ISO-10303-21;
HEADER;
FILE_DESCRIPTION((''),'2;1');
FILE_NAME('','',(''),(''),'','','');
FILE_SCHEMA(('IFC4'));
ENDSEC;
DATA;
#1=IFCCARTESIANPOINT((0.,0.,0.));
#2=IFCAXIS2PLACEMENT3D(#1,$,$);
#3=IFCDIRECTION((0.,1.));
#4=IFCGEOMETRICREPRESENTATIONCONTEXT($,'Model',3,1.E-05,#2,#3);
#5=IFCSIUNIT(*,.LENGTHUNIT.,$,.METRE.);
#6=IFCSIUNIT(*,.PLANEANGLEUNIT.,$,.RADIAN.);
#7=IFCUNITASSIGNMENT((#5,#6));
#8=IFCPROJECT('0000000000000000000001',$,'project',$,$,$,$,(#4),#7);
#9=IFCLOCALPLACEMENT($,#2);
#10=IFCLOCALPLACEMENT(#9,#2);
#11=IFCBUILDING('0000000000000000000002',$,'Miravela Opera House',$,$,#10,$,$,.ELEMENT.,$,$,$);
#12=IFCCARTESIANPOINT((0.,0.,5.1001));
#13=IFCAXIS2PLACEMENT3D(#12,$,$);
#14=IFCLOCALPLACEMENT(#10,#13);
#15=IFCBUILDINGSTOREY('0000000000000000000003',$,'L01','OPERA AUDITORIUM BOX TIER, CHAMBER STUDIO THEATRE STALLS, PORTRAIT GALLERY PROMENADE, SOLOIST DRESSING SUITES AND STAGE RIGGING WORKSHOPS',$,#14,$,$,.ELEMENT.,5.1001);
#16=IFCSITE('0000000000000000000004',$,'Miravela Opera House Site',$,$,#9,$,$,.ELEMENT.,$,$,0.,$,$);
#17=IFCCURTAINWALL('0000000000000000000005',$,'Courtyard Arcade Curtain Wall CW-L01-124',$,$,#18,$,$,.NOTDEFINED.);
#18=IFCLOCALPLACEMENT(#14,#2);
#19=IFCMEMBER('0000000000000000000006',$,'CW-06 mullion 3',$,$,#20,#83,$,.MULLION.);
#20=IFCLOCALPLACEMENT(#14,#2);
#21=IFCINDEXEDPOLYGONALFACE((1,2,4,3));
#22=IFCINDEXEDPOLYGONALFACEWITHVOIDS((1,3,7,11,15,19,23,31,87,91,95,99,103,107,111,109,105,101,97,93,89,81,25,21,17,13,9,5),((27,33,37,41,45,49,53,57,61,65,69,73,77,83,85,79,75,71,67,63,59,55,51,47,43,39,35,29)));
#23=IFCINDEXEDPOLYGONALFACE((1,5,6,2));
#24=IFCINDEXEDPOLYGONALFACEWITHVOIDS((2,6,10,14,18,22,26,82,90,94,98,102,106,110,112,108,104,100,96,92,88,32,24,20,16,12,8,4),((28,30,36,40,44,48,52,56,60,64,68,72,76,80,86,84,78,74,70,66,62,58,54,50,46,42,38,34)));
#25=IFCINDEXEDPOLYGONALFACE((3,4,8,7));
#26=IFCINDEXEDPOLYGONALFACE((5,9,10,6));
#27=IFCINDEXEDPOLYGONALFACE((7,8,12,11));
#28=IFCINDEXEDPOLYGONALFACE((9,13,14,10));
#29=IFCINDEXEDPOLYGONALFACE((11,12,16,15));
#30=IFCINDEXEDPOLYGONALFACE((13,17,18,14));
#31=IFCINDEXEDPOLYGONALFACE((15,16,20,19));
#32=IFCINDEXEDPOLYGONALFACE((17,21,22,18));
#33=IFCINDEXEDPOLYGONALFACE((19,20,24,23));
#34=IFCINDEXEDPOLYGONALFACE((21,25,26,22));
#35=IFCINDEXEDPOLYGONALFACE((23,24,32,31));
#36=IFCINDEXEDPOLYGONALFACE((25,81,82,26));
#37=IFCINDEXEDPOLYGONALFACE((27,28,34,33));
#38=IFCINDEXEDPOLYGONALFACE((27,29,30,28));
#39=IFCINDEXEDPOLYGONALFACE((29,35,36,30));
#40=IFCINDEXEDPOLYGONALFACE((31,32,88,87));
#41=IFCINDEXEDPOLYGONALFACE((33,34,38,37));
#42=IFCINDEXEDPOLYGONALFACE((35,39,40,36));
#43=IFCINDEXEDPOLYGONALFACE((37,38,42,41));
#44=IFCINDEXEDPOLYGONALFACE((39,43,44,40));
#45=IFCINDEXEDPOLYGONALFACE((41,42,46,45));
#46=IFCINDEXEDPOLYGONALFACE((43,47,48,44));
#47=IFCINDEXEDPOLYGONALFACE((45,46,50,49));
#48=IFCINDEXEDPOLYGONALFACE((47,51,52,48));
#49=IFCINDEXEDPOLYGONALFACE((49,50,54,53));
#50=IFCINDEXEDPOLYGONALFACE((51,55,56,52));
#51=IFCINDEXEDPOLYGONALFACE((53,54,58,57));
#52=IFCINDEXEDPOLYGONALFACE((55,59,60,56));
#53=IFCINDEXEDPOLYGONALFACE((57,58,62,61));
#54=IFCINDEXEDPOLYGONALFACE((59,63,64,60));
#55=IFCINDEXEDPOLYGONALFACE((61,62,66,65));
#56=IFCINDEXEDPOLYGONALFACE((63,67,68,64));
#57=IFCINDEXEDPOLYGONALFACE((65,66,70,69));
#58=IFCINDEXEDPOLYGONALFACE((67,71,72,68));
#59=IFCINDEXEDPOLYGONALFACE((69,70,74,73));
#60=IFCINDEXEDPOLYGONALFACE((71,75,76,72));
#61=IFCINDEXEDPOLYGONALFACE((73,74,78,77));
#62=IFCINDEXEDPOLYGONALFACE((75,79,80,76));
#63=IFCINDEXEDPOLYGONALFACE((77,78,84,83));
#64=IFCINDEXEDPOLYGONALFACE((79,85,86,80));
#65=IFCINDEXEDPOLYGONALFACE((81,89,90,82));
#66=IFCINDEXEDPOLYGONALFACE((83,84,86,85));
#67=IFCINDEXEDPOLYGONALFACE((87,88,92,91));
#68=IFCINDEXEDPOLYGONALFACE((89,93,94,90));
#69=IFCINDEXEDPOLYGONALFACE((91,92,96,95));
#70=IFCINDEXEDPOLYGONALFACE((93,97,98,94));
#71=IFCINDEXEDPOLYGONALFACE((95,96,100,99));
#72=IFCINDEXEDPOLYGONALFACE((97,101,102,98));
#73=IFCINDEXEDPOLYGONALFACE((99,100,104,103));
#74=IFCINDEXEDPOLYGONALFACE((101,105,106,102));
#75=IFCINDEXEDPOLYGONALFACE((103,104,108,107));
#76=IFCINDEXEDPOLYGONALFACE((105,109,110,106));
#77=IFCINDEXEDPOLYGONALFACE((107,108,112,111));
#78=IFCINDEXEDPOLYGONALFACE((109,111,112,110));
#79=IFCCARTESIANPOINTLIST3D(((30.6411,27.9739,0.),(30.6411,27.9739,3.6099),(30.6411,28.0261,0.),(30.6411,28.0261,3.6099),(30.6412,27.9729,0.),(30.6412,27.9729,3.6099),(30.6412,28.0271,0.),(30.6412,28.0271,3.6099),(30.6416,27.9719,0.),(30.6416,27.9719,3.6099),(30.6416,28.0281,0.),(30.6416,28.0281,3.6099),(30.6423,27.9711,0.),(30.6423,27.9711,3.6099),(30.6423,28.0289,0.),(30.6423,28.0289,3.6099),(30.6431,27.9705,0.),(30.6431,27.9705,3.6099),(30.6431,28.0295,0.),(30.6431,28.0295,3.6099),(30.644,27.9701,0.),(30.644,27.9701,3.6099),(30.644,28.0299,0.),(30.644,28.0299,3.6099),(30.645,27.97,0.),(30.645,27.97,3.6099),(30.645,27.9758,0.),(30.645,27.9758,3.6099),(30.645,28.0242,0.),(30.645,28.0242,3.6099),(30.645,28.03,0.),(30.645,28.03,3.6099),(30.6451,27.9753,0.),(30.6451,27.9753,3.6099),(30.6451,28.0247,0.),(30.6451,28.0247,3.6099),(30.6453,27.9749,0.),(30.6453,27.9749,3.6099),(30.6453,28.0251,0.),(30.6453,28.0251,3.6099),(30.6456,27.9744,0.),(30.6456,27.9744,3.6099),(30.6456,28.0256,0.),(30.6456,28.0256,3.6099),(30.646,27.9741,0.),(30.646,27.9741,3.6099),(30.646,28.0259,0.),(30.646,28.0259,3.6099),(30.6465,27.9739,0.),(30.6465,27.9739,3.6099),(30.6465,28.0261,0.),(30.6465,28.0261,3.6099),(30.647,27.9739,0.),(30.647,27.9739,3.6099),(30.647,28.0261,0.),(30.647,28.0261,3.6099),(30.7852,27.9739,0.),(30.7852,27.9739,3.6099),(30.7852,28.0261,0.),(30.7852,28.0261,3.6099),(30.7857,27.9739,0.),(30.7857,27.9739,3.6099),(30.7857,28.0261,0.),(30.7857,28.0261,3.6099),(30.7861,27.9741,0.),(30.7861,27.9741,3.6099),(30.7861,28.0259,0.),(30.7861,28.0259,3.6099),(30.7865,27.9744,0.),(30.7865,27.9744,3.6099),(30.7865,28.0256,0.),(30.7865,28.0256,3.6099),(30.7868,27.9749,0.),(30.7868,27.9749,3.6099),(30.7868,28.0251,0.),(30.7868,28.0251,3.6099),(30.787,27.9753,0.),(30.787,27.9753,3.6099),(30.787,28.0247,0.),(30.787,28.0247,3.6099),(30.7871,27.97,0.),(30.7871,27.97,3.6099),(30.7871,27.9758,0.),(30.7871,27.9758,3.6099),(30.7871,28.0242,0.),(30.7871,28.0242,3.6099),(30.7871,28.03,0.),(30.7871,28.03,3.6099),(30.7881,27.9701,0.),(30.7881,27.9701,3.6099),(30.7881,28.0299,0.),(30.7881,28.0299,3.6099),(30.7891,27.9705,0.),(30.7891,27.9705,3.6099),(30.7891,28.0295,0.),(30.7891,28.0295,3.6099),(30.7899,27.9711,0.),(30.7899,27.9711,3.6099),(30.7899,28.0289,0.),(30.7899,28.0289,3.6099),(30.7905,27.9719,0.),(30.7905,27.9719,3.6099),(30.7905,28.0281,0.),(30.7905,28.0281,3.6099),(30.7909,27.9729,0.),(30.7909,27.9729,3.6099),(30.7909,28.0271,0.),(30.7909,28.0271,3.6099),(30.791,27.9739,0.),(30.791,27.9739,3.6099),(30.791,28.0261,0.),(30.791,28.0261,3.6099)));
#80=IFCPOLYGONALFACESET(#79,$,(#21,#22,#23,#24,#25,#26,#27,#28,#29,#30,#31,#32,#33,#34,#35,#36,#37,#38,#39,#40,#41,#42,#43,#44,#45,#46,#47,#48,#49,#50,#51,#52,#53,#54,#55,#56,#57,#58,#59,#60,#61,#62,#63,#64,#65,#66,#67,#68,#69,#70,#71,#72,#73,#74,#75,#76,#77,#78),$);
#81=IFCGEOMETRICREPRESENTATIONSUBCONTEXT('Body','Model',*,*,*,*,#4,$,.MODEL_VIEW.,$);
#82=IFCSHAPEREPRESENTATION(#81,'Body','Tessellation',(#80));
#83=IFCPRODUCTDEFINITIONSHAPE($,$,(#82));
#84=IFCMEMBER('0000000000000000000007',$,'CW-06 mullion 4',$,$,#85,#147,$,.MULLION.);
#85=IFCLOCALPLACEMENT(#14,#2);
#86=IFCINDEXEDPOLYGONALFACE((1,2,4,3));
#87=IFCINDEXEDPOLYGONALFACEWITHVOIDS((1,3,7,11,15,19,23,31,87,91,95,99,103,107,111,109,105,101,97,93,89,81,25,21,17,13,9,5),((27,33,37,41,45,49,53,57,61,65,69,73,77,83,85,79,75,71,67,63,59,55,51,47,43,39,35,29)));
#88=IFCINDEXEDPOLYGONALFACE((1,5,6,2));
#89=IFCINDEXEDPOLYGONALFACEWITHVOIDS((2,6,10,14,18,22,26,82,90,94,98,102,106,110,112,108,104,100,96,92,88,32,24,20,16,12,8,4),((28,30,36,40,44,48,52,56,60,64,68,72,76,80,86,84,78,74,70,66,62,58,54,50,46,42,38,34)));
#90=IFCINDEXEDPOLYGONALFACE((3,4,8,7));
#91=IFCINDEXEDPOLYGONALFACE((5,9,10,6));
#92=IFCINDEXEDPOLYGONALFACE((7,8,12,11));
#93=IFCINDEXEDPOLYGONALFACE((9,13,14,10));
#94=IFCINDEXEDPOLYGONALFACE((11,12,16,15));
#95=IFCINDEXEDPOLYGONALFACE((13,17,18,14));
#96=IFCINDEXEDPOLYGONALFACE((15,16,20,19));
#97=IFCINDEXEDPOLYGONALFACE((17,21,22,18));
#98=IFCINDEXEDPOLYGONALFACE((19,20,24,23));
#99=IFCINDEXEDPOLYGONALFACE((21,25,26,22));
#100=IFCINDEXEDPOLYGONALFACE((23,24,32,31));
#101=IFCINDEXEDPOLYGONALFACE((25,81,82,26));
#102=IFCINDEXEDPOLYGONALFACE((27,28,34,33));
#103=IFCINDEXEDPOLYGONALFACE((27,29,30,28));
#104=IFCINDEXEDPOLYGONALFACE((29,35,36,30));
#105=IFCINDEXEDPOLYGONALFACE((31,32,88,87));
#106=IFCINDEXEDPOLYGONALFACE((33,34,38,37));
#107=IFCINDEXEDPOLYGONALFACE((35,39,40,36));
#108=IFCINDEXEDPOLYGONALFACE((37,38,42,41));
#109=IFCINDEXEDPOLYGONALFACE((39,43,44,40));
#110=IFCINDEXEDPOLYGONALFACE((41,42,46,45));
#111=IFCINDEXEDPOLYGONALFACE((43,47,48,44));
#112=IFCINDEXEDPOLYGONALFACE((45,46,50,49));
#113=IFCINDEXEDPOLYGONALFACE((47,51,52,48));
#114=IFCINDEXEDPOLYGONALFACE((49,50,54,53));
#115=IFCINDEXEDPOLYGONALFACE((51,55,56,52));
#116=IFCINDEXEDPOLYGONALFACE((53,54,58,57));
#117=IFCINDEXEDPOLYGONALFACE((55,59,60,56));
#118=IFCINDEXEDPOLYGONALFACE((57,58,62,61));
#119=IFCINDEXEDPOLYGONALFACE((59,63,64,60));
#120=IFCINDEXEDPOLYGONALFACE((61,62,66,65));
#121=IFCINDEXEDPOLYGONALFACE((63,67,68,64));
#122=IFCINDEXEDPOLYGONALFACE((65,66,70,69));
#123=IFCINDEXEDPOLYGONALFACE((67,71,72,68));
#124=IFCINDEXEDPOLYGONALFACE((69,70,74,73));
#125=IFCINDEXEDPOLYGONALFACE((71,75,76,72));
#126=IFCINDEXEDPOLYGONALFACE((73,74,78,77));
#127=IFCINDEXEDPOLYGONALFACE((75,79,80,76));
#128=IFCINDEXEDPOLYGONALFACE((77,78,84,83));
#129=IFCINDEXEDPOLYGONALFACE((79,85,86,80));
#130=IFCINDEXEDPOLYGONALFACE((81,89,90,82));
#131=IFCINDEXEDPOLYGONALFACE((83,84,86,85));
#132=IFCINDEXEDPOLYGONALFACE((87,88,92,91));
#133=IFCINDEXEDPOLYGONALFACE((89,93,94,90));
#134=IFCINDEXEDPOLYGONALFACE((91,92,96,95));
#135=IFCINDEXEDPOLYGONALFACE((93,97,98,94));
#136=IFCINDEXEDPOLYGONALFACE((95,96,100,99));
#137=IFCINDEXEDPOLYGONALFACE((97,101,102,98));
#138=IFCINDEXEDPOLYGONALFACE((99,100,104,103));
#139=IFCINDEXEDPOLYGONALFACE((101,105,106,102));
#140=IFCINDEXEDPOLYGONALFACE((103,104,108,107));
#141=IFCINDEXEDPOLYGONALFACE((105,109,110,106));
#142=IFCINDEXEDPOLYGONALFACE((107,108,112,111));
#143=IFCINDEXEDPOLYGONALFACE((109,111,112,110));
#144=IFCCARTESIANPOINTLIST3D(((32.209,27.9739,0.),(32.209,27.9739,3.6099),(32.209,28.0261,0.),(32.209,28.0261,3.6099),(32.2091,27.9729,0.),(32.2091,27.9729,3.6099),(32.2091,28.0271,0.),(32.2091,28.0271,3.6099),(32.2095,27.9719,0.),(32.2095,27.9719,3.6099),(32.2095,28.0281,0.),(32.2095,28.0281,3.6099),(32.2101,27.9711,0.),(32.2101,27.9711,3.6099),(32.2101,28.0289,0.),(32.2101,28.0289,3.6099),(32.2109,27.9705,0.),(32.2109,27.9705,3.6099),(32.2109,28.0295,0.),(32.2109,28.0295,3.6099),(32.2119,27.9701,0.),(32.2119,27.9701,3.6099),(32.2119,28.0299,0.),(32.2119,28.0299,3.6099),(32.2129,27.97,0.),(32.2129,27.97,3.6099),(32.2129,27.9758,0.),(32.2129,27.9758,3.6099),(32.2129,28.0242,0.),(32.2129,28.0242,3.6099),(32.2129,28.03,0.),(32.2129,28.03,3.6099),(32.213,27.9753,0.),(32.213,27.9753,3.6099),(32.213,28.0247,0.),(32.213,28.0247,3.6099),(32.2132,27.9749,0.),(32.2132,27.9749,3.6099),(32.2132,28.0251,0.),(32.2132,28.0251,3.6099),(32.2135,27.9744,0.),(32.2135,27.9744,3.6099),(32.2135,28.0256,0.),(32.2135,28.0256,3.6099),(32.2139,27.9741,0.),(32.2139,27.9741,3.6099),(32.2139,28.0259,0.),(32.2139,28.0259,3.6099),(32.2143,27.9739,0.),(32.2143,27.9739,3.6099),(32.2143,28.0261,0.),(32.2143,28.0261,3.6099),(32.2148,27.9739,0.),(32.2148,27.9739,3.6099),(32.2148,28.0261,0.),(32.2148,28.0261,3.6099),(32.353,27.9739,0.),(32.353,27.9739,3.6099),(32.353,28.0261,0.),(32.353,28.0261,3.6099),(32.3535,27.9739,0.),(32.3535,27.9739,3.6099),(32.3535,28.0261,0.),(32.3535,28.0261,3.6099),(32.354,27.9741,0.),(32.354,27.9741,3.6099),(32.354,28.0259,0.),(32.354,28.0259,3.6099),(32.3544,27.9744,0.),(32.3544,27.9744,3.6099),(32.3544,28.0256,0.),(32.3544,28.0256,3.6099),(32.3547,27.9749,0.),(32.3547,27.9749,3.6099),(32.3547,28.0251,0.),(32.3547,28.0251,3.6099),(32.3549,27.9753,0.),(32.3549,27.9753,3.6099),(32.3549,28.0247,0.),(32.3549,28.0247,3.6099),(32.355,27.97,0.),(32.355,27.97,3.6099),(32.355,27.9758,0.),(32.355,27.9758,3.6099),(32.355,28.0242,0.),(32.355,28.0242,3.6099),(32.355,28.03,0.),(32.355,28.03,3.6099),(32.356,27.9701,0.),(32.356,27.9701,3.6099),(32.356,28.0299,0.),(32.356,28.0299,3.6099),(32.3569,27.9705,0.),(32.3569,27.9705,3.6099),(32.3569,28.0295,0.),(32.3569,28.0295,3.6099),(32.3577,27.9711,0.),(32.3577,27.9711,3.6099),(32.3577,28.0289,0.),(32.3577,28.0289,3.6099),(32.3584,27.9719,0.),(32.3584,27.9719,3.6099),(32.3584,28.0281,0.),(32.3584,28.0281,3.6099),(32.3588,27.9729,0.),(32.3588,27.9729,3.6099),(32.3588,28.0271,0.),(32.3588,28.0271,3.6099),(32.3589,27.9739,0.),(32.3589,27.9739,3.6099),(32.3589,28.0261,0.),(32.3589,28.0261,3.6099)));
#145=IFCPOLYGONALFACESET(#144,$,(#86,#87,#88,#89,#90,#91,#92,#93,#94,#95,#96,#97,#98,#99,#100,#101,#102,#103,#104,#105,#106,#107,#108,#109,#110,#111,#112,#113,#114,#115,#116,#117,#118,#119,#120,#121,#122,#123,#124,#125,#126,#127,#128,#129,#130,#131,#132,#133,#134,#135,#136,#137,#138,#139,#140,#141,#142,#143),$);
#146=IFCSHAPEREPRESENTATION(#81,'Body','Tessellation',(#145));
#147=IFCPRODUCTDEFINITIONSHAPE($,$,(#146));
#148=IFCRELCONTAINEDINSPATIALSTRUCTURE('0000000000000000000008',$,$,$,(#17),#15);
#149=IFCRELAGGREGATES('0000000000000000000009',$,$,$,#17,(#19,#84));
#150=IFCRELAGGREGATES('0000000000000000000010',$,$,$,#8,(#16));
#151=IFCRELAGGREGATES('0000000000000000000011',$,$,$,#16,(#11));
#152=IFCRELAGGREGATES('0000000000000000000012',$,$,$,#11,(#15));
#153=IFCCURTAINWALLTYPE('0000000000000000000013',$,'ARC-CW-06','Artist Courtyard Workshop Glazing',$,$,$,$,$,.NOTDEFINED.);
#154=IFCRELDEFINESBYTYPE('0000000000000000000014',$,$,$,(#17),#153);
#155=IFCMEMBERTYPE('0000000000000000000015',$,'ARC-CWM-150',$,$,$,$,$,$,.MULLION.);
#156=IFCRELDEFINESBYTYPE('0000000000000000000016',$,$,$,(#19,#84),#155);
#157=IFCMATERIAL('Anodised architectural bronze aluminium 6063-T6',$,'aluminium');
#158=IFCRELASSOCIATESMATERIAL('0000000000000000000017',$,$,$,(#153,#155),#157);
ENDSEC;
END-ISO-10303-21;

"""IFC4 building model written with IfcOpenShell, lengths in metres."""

from ifc_helpers import new_model, si_unit, direction, frame, origin, origin_2d, place, context, subcontext, project, spatial, hollow_rectangle, extrude, material, material_profile, profile_set, type_object, element, aggregate, save


model = new_model("IFC4")

# Units and contexts
model_context = context("Model", 3, precision=1e-05, world=origin(), true_north=direction((0.0, 1.0)))
body_context = subcontext(model_context, "Body", "Model", "MODEL_VIEW")
ifc_project = project(units=[si_unit("LENGTHUNIT", "METRE"), si_unit("PLANEANGLEUNIT", "RADIAN")], contexts=[model_context])

# Site, building, storey
site_placement = place(None, origin())
site = spatial("IfcSite", under=ifc_project, at=site_placement, Name="Miravela Opera House Site", CompositionType="ELEMENT", RefElevation=0.0)
building_placement = place(site_placement, origin())
building = spatial("IfcBuilding", under=site, at=building_placement, Name="Miravela Opera House", CompositionType="ELEMENT")
storey_placement = place(building_placement, frame((0.0, 0.0, 5.1001)))
storey = spatial("IfcBuildingStorey", under=building, at=storey_placement, Name="L01", Description="OPERA AUDITORIUM BOX TIER, CHAMBER STUDIO THEATRE STALLS, PORTRAIT GALLERY PROMENADE, SOLOIST DRESSING SUITES AND STAGE RIGGING WORKSHOPS", CompositionType="ELEMENT", Elevation=5.1001)

# Curtain wall, members
ifc_material_1 = material(Name="Anodised architectural bronze aluminium 6063-T6", Category="aluminium")
curtain_wall_type = type_object("IfcCurtainWallType", Name="ARC-CW-06", Description="Artist Courtyard Workshop Glazing", PredefinedType="NOTDEFINED", material=ifc_material_1)
curtain_wall_placement = place(storey_placement, origin())
curtain_wall = element("IfcCurtainWall", 1, at=curtain_wall_placement, inside=storey, type_object=curtain_wall_type, Name="Courtyard Arcade Curtain Wall CW-L01-124", PredefinedType="NOTDEFINED")
ifc_material_profile_1 = material_profile(ifc_material_1, hollow_rectangle(XDim=0.0601, YDim=0.1499, WallThickness=0.0039, InnerFilletRadius=0.002, OuterFilletRadius=0.0039, at=origin_2d()), Name="CWM-60X150")
ifc_profile_set_1 = profile_set([ifc_material_profile_1])
member_type_1 = type_object("IfcMemberType", Name="ARC-CWM-150", PredefinedType="MULLION", material=ifc_profile_set_1)
member_1_placement = place(storey_placement, frame((30.7161, 28.0, 0.0), z_axis=(0.0, 0.0, 1.0), x_axis=(0.0, 1.0, 0.0)))
member_1 = element("IfcMember", 2, at=member_1_placement, type_object=member_type_1, Name="CW-06 mullion 3", PredefinedType="MULLION", context=body_context, shape_type="SweptSolid", body=[
    extrude(hollow_rectangle(XDim=0.0601, YDim=0.1499, WallThickness=0.0039, InnerFilletRadius=0.002, OuterFilletRadius=0.0039, at=origin_2d()), origin(), (0.0, 0.0, 1.0), 3.6099),
])
member_2_placement = place(storey_placement, frame((32.2839, 28.0, 0.0), z_axis=(0.0, 0.0, 1.0), x_axis=(0.0, 1.0, 0.0)))
member_2 = element("IfcMember", 3, at=member_2_placement, type_object=member_type_1, Name="CW-06 mullion 4", PredefinedType="MULLION", context=body_context, shape_type="SweptSolid", body=[
    extrude(hollow_rectangle(XDim=0.0601, YDim=0.1499, WallThickness=0.0039, InnerFilletRadius=0.002, OuterFilletRadius=0.0039, at=origin_2d()), origin(), (0.0, 0.0, 1.0), 3.6099),
])
aggregate(curtain_wall, [member_1, member_2])

save(model, "model.ifc")
